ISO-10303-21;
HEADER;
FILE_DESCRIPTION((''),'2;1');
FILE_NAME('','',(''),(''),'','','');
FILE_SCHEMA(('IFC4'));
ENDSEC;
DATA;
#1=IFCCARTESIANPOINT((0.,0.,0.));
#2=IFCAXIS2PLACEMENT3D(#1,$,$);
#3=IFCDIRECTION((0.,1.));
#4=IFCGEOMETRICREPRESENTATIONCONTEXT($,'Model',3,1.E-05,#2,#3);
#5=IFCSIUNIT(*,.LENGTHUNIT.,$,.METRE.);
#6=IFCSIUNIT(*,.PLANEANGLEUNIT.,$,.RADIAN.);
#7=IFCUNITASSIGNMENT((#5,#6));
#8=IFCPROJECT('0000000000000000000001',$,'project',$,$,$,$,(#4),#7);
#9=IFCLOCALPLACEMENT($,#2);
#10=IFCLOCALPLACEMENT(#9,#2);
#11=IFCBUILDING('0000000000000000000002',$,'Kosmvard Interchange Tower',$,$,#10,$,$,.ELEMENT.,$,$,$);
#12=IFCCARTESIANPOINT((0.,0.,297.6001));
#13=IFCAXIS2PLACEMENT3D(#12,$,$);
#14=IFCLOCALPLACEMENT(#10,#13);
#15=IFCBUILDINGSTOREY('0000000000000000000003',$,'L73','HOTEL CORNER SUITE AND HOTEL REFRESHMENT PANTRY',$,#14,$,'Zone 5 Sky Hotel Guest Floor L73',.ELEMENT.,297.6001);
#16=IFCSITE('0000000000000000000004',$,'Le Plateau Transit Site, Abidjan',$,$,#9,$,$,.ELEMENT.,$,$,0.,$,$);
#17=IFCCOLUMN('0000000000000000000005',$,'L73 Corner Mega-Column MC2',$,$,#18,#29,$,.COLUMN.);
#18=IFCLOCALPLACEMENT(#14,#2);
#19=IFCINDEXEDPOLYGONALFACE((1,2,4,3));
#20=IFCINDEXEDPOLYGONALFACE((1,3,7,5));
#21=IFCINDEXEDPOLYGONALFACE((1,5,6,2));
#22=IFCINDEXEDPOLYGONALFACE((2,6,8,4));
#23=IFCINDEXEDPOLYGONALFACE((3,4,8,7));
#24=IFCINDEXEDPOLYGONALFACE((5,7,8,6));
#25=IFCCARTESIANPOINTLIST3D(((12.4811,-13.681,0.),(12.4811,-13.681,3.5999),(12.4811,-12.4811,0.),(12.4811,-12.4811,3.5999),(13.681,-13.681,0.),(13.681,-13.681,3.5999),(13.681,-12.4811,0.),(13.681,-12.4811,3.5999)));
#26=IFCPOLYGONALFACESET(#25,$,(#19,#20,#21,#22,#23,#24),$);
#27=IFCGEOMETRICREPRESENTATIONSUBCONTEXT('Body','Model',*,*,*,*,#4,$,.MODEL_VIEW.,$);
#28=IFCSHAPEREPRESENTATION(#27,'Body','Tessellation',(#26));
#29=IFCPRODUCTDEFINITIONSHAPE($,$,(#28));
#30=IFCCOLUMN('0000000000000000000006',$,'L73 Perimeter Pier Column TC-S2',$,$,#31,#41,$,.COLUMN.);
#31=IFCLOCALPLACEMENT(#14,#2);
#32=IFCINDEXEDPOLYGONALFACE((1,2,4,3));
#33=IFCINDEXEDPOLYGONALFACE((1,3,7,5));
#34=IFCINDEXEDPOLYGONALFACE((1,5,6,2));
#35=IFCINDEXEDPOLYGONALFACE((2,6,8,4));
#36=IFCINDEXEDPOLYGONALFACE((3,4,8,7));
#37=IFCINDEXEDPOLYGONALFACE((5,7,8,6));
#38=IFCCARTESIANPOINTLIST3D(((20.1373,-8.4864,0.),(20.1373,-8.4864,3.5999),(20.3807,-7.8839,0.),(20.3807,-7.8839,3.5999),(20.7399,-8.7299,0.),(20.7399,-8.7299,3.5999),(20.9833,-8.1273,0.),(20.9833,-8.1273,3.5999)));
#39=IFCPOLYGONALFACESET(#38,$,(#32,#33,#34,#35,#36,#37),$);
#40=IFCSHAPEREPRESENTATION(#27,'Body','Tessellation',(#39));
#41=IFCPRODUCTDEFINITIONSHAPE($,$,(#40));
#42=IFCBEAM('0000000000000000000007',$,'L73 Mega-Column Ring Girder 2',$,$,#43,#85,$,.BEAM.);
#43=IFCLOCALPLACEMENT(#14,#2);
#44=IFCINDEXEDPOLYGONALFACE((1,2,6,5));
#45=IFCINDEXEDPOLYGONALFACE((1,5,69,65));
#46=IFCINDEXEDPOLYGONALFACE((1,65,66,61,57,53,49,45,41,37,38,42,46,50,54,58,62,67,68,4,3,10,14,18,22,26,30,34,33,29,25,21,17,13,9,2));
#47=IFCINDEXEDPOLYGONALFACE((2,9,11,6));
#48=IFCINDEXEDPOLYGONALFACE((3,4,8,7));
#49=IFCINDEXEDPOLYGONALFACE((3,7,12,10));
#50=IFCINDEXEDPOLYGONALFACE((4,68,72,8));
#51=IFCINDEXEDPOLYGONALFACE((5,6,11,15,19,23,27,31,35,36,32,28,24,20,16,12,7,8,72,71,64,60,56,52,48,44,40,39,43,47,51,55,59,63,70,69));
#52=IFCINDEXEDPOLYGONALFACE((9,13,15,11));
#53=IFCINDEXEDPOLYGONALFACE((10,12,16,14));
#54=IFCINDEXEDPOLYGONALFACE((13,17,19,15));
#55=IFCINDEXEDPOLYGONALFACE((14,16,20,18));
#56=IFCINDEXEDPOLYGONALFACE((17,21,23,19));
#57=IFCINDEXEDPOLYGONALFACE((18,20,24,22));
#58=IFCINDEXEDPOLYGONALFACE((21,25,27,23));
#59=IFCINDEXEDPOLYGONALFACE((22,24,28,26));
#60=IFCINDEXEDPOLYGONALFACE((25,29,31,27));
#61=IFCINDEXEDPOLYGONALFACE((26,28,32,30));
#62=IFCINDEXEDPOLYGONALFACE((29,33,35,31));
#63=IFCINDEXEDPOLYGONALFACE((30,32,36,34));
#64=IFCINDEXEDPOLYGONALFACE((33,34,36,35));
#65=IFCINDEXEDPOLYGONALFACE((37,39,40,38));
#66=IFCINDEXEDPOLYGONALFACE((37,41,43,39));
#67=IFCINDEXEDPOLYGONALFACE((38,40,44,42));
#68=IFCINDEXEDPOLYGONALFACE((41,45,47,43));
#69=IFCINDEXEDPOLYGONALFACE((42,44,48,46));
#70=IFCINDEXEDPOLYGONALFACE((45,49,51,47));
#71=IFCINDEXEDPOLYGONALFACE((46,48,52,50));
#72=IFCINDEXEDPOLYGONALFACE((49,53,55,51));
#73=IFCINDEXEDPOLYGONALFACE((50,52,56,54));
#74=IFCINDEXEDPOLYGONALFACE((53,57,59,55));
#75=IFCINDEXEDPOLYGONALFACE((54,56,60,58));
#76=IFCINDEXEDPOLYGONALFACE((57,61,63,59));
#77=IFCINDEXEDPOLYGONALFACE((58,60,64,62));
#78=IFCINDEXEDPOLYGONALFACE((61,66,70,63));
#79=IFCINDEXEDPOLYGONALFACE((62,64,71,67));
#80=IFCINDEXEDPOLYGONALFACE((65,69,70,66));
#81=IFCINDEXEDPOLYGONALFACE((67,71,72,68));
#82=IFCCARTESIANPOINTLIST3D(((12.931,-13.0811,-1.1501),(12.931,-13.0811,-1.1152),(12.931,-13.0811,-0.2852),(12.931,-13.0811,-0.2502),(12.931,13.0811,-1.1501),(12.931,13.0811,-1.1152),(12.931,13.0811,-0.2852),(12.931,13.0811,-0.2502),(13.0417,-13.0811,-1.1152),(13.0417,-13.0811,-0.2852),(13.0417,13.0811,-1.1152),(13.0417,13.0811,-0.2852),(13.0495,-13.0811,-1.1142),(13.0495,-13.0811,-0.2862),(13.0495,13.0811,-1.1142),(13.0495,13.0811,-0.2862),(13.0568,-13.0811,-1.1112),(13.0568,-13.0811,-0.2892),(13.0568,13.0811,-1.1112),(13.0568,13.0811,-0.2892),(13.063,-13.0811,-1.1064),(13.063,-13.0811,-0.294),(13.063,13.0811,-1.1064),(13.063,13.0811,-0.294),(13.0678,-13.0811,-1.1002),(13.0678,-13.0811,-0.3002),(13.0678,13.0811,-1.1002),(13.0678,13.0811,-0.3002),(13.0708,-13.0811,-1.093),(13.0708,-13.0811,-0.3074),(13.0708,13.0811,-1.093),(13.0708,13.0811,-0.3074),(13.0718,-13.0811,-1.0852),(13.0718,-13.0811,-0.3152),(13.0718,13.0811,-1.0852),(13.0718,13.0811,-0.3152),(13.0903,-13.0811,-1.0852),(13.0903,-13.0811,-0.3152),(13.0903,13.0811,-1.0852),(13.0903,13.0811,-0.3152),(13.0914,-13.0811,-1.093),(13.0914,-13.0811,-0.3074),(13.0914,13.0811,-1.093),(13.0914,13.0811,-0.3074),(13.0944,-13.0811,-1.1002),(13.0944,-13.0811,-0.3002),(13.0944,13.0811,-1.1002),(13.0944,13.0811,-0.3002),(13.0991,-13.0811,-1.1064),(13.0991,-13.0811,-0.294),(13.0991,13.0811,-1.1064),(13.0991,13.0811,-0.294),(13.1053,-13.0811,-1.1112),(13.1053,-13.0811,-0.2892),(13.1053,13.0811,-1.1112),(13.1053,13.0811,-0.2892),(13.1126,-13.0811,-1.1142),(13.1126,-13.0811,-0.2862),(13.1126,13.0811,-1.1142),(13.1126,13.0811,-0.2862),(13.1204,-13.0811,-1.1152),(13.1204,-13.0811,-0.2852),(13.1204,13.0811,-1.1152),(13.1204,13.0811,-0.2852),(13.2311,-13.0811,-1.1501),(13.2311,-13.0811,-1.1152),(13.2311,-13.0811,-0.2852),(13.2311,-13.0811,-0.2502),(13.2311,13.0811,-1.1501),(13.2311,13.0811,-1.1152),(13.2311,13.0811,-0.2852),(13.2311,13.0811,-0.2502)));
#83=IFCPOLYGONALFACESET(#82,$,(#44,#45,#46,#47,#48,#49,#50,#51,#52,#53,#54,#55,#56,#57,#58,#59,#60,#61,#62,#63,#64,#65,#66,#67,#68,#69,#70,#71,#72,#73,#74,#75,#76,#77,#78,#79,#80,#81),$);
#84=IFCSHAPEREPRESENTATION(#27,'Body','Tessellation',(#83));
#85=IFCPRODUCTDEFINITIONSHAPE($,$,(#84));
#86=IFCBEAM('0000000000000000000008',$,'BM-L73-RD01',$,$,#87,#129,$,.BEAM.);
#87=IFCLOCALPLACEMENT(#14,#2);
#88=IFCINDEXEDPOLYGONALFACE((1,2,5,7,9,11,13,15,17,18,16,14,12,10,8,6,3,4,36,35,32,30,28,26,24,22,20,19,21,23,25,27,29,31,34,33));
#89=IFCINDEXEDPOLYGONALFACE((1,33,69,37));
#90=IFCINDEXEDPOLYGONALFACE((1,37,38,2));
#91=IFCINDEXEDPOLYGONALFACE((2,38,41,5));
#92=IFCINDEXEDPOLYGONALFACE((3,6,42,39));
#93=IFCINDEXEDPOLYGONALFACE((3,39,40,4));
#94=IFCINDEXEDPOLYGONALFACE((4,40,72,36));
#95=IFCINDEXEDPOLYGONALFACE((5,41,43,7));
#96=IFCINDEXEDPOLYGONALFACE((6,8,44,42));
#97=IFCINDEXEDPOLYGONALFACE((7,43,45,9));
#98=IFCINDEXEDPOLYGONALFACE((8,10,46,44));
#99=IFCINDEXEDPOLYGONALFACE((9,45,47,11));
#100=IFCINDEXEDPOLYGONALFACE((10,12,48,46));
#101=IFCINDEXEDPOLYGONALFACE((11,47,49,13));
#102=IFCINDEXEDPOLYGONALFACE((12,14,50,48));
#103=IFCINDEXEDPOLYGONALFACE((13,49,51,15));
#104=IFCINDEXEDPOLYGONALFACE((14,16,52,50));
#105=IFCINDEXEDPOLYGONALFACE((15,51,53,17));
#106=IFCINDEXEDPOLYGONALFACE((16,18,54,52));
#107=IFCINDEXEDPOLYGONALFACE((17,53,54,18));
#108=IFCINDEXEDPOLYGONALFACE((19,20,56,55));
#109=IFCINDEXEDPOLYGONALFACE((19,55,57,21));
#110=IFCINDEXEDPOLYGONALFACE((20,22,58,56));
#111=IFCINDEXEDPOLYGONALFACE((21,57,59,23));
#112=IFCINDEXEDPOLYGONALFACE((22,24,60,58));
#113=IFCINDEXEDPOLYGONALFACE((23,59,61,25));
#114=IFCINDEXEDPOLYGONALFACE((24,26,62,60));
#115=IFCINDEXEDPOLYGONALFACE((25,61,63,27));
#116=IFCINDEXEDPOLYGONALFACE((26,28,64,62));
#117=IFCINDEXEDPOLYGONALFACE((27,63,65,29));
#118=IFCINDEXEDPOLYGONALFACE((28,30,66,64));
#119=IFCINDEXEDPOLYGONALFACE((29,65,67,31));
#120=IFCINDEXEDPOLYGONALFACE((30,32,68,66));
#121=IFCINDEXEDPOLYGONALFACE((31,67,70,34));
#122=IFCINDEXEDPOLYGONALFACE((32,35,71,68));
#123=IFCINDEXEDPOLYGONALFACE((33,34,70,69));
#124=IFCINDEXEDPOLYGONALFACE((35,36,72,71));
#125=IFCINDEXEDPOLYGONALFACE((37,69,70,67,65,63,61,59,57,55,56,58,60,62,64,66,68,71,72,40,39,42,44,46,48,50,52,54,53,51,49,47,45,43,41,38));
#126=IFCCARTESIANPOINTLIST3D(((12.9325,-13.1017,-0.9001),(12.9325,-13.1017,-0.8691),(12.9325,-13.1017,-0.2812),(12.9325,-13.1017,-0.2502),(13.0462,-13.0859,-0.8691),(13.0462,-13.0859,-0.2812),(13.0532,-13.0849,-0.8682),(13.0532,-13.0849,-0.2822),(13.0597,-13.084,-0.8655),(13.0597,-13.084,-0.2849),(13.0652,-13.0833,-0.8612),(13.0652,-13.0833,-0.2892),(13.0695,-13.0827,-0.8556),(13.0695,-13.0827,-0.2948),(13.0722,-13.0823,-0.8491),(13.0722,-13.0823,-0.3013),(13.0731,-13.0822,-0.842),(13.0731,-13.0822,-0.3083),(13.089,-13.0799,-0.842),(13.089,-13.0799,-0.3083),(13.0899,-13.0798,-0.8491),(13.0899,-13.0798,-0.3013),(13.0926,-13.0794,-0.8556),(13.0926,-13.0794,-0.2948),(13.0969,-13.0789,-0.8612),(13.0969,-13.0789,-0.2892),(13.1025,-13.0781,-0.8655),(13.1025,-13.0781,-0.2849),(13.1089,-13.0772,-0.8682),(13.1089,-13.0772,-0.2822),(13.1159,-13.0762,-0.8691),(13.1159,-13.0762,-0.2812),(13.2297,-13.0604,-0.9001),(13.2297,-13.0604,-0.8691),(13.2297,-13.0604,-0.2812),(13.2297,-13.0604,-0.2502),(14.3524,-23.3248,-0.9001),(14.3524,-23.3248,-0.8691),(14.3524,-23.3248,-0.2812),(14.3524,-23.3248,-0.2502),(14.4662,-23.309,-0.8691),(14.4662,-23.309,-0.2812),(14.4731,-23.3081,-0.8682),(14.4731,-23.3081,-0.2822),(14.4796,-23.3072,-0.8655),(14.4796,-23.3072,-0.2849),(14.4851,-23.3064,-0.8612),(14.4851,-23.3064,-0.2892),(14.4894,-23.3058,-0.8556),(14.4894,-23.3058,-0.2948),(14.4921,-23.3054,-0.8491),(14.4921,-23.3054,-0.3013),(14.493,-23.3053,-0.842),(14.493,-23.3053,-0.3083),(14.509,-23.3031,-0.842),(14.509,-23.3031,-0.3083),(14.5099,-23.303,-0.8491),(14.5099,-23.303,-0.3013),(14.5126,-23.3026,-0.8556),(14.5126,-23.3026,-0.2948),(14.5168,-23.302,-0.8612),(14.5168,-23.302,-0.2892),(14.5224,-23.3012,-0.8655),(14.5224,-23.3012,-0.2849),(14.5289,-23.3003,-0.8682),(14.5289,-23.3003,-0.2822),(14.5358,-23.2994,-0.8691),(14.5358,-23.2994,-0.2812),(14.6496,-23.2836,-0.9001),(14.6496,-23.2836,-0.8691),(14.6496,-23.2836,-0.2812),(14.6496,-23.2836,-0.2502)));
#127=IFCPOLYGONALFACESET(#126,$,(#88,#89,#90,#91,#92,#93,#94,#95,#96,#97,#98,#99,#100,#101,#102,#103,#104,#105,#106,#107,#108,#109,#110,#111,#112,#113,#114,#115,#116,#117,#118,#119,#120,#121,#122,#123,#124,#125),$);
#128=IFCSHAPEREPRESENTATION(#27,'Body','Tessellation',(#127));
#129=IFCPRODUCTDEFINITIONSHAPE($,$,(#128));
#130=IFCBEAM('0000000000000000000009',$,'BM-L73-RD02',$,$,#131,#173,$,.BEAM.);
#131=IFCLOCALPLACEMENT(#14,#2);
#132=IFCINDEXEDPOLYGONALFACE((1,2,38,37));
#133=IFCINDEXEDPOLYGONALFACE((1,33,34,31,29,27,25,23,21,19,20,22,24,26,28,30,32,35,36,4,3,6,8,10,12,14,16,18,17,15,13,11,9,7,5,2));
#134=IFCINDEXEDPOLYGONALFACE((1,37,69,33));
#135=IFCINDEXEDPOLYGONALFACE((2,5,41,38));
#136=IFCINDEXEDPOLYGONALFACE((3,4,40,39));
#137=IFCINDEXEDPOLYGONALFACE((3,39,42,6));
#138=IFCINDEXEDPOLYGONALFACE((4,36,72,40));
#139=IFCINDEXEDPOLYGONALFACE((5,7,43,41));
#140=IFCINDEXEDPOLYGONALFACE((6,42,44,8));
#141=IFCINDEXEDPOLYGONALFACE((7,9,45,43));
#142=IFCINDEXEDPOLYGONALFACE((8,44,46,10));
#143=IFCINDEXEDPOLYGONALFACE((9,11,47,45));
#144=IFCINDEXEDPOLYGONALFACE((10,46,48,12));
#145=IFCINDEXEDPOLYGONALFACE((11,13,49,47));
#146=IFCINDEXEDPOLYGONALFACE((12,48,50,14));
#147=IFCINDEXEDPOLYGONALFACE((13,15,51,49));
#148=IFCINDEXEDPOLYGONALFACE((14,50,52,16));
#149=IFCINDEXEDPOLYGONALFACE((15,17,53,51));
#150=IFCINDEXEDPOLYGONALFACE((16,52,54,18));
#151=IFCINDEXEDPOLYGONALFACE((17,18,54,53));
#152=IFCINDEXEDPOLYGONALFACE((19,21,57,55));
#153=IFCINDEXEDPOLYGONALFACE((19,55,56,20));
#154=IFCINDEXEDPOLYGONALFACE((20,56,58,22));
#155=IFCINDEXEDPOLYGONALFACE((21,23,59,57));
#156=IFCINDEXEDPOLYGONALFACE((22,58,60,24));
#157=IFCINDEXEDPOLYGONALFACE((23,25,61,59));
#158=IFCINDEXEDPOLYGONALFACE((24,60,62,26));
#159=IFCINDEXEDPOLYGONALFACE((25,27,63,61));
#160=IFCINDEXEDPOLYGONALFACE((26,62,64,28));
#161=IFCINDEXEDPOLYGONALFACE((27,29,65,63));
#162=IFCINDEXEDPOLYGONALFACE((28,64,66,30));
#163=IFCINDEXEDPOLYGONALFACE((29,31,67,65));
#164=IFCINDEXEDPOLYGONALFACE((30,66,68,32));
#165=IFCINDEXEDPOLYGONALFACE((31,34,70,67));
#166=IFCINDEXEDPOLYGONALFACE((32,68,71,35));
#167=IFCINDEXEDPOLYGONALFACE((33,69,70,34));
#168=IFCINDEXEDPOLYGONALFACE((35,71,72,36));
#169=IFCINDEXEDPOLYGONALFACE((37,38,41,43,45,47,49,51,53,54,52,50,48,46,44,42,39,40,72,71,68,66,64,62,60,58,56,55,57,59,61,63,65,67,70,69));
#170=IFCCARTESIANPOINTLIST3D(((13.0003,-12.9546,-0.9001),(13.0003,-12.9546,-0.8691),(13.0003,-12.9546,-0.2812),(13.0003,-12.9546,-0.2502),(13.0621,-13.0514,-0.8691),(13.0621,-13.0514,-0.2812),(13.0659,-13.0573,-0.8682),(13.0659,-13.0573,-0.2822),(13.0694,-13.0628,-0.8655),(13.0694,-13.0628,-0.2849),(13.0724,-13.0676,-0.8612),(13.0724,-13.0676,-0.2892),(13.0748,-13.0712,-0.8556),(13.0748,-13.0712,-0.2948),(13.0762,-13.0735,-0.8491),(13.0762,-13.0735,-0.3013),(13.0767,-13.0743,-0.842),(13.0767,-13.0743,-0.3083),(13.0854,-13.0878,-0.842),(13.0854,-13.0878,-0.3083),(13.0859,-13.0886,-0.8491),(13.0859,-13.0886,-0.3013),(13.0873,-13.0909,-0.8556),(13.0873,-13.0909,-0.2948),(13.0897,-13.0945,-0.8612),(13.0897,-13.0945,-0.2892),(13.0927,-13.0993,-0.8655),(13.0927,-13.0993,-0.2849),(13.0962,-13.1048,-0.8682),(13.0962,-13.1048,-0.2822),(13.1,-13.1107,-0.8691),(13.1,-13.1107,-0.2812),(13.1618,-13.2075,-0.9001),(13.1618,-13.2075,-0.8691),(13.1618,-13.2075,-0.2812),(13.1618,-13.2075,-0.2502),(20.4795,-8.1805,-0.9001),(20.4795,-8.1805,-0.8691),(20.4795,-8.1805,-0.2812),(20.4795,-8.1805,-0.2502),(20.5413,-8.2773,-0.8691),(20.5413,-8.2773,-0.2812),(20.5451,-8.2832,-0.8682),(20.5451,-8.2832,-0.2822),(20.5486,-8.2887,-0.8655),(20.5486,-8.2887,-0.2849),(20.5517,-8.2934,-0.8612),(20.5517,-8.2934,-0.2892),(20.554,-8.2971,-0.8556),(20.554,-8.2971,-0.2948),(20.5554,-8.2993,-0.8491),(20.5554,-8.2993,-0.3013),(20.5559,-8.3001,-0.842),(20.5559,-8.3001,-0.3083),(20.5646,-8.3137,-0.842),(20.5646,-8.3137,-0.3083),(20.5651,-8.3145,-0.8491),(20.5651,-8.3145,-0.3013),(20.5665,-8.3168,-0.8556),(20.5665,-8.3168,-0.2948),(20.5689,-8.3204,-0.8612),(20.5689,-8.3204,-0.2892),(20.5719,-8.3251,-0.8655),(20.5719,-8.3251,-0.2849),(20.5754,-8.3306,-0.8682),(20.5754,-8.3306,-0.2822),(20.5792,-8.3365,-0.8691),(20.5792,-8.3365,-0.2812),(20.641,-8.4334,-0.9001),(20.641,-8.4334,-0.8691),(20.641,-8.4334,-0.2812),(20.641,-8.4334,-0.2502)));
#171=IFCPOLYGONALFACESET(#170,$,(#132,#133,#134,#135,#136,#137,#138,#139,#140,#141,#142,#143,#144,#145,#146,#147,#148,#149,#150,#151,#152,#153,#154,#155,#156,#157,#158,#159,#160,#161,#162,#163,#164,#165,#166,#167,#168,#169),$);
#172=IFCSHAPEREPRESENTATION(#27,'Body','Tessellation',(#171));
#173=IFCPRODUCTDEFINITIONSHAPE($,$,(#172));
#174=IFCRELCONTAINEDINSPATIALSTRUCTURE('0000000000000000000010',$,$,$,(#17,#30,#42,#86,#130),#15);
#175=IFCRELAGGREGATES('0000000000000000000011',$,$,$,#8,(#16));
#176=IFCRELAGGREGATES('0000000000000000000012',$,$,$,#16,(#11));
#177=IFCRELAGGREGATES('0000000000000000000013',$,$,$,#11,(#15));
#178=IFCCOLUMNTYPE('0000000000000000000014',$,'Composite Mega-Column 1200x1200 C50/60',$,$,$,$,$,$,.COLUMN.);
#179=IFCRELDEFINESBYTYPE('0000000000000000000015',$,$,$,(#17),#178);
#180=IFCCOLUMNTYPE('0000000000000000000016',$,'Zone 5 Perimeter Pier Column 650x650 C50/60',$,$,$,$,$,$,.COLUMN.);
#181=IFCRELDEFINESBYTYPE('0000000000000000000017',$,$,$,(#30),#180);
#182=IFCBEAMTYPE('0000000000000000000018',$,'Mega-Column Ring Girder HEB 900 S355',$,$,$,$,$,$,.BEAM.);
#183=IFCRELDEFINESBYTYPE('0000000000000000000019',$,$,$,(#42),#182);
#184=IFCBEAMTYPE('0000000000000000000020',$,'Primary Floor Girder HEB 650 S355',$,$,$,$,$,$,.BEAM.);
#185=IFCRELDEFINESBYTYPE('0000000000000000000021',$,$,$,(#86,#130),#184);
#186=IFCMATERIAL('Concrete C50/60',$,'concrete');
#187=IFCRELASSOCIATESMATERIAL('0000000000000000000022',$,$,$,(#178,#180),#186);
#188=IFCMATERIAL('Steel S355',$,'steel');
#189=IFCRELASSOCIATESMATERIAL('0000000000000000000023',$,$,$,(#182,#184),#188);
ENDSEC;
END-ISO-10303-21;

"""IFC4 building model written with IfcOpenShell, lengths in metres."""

from ifc_helpers import new_model, si_unit, direction, frame, origin, origin_2d, place, context, subcontext, project, spatial, rectangle, i_section, extrude, source, transform, mapped, material, material_profile, profile_set, type_object, element, save


model = new_model("IFC4")

# Units and contexts
model_context = context("Model", 3, precision=1e-05, world=origin(), true_north=direction((0.0, 1.0)))
body_context = subcontext(model_context, "Body", "Model", "MODEL_VIEW")
ifc_project = project(units=[si_unit("LENGTHUNIT", "METRE"), si_unit("PLANEANGLEUNIT", "RADIAN")], contexts=[model_context])

# Site, building, storey
site_placement = place(None, origin())
site = spatial("IfcSite", under=ifc_project, at=site_placement, Name="Le Plateau Transit Site, Abidjan", CompositionType="ELEMENT", RefElevation=0.0)
building_placement = place(site_placement, origin())
building = spatial("IfcBuilding", under=site, at=building_placement, Name="Kosmvard Interchange Tower", CompositionType="ELEMENT")
storey_placement = place(building_placement, frame((0.0, 0.0, 297.6001)))
storey = spatial("IfcBuildingStorey", under=building, at=storey_placement, Name="L73", Description="HOTEL CORNER SUITE AND HOTEL REFRESHMENT PANTRY", LongName="Zone 5 Sky Hotel Guest Floor L73", CompositionType="ELEMENT", Elevation=297.6001)

# Columns
ifc_material_1 = material(Name="Concrete C50/60", Category="concrete")
ifc_material_profile_1 = material_profile(ifc_material_1, rectangle(XDim=1.2, YDim=1.2, at=origin_2d()), Name="MC 1200x1200")
ifc_profile_set_1 = profile_set([ifc_material_profile_1], Name="Concrete C50/60")
column_type_1 = type_object("IfcColumnType", Name="Composite Mega-Column 1200x1200 C50/60", PredefinedType="COLUMN", material=ifc_profile_set_1)
shared_shape_1 = source(origin(), body_context, "Body", "SweptSolid", [
    extrude(rectangle(XDim=1.2, YDim=1.2, at=origin_2d()), origin(), (0.0, 0.0, 1.0), 3.5999),
])
column_1_placement = place(storey_placement, frame((13.0811, -13.0811, 0.0), z_axis=(0.0, 0.0, 1.0), x_axis=(1.0, 0.0, 0.0)))
element("IfcColumn", 1, at=column_1_placement, inside=storey, type_object=column_type_1, Name="L73 Corner Mega-Column MC2", PredefinedType="COLUMN", context=body_context, shape_type="MappedRepresentation", body=[
    mapped(shared_shape_1, transform((0.0, 0.0, 0.0), scale=1.0)),
])
ifc_material_profile_2 = material_profile(ifc_material_1, rectangle(XDim=0.6499, YDim=0.6499, at=origin_2d()), Name="TC 650x650")
ifc_profile_set_2 = profile_set([ifc_material_profile_2], Name="Concrete C50/60")
column_type_2 = type_object("IfcColumnType", Name="Zone 5 Perimeter Pier Column 650x650 C50/60", PredefinedType="COLUMN", material=ifc_profile_set_2)
shared_shape_2 = source(origin(), body_context, "Body", "SweptSolid", [
    extrude(rectangle(XDim=0.6499, YDim=0.6499, at=origin_2d()), origin(), (0.0, 0.0, 1.0), 3.5999),
])
column_2_placement = place(storey_placement, frame((20.5603, -8.3069, 0.0), z_axis=(0.0, 0.0, 1.0), x_axis=(0.374607, 0.927184, 0.0)))
element("IfcColumn", 2, at=column_2_placement, inside=storey, type_object=column_type_2, Name="L73 Perimeter Pier Column TC-S2", PredefinedType="COLUMN", context=body_context, shape_type="MappedRepresentation", body=[
    mapped(shared_shape_2, transform((0.0, 0.0, 0.0), scale=1.0)),
])

# Beams
ifc_material_2 = material(Name="Steel S355", Category="steel")
ifc_material_profile_3 = material_profile(ifc_material_2, i_section(OverallWidth=0.3, OverallDepth=0.8999, WebThickness=0.0186, FlangeThickness=0.0349, FilletRadius=0.03, at=origin_2d()), Name="HEB 900")
ifc_profile_set_3 = profile_set([ifc_material_profile_3], Name="Steel S355")
beam_type_1 = type_object("IfcBeamType", Name="Mega-Column Ring Girder HEB 900 S355", PredefinedType="BEAM", material=ifc_profile_set_3)
shared_shape_3 = source(origin(), body_context, "Body", "SweptSolid", [
    extrude(i_section(OverallWidth=0.3, OverallDepth=0.8999, WebThickness=0.0186, FlangeThickness=0.0349, FilletRadius=0.03, at=origin_2d()), origin(), (0.0, 0.0, 1.0), 26.1621),
])
beam_1_placement = place(storey_placement, frame((13.0811, -13.0811, -0.7002), z_axis=(0.0, 1.0, 0.0), x_axis=(-1.0, 0.0, 0.0)))
element("IfcBeam", 3, at=beam_1_placement, inside=storey, type_object=beam_type_1, Name="L73 Mega-Column Ring Girder 2", PredefinedType="BEAM", context=body_context, shape_type="MappedRepresentation", body=[
    mapped(shared_shape_3, transform((0.0, 0.0, 0.0), scale=1.0)),
])
ifc_material_profile_4 = material_profile(ifc_material_2, i_section(OverallWidth=0.3, OverallDepth=0.6499, WebThickness=0.0161, FlangeThickness=0.031, FilletRadius=0.0271, at=origin_2d()), Name="HEB 650")
ifc_profile_set_4 = profile_set([ifc_material_profile_4], Name="Steel S355")
beam_type_2 = type_object("IfcBeamType", Name="Primary Floor Girder HEB 650 S355", PredefinedType="BEAM", material=ifc_profile_set_4)
shared_shape_4 = source(origin(), body_context, "Body", "SweptSolid", [
    extrude(i_section(OverallWidth=0.3, OverallDepth=0.6499, WebThickness=0.0161, FlangeThickness=0.031, FilletRadius=0.0271, at=origin_2d()), origin(), (0.0, 0.0, 1.0), 10.3213),
])
beam_2_placement = place(storey_placement, frame((13.0811, -13.0811, -0.5752), z_axis=(0.137572, -0.990492, 0.0), x_axis=(0.990492, 0.137572, 0.0)))
element("IfcBeam", 4, at=beam_2_placement, inside=storey, type_object=beam_type_2, Name="BM-L73-RD01", PredefinedType="BEAM", context=body_context, shape_type="MappedRepresentation", body=[
    mapped(shared_shape_4, transform((0.0, 0.0, 0.0), scale=1.0)),
])
shared_shape_5 = source(origin(), body_context, "Body", "SweptSolid", [
    extrude(i_section(OverallWidth=0.3, OverallDepth=0.6499, WebThickness=0.0161, FlangeThickness=0.031, FilletRadius=0.0271, at=origin_2d()), origin(), (0.0, 0.0, 1.0), 8.873),
])
beam_3_placement = place(storey_placement, frame((13.0811, -13.0811, -0.5752), z_axis=(0.842913, 0.53805, 0.0), x_axis=(-0.53805, 0.842913, 0.0)))
element("IfcBeam", 5, at=beam_3_placement, inside=storey, type_object=beam_type_2, Name="BM-L73-RD02", PredefinedType="BEAM", context=body_context, shape_type="MappedRepresentation", body=[
    mapped(shared_shape_5, transform((0.0, 0.0, 0.0), scale=1.0)),
])

save(model, "model.ifc")
